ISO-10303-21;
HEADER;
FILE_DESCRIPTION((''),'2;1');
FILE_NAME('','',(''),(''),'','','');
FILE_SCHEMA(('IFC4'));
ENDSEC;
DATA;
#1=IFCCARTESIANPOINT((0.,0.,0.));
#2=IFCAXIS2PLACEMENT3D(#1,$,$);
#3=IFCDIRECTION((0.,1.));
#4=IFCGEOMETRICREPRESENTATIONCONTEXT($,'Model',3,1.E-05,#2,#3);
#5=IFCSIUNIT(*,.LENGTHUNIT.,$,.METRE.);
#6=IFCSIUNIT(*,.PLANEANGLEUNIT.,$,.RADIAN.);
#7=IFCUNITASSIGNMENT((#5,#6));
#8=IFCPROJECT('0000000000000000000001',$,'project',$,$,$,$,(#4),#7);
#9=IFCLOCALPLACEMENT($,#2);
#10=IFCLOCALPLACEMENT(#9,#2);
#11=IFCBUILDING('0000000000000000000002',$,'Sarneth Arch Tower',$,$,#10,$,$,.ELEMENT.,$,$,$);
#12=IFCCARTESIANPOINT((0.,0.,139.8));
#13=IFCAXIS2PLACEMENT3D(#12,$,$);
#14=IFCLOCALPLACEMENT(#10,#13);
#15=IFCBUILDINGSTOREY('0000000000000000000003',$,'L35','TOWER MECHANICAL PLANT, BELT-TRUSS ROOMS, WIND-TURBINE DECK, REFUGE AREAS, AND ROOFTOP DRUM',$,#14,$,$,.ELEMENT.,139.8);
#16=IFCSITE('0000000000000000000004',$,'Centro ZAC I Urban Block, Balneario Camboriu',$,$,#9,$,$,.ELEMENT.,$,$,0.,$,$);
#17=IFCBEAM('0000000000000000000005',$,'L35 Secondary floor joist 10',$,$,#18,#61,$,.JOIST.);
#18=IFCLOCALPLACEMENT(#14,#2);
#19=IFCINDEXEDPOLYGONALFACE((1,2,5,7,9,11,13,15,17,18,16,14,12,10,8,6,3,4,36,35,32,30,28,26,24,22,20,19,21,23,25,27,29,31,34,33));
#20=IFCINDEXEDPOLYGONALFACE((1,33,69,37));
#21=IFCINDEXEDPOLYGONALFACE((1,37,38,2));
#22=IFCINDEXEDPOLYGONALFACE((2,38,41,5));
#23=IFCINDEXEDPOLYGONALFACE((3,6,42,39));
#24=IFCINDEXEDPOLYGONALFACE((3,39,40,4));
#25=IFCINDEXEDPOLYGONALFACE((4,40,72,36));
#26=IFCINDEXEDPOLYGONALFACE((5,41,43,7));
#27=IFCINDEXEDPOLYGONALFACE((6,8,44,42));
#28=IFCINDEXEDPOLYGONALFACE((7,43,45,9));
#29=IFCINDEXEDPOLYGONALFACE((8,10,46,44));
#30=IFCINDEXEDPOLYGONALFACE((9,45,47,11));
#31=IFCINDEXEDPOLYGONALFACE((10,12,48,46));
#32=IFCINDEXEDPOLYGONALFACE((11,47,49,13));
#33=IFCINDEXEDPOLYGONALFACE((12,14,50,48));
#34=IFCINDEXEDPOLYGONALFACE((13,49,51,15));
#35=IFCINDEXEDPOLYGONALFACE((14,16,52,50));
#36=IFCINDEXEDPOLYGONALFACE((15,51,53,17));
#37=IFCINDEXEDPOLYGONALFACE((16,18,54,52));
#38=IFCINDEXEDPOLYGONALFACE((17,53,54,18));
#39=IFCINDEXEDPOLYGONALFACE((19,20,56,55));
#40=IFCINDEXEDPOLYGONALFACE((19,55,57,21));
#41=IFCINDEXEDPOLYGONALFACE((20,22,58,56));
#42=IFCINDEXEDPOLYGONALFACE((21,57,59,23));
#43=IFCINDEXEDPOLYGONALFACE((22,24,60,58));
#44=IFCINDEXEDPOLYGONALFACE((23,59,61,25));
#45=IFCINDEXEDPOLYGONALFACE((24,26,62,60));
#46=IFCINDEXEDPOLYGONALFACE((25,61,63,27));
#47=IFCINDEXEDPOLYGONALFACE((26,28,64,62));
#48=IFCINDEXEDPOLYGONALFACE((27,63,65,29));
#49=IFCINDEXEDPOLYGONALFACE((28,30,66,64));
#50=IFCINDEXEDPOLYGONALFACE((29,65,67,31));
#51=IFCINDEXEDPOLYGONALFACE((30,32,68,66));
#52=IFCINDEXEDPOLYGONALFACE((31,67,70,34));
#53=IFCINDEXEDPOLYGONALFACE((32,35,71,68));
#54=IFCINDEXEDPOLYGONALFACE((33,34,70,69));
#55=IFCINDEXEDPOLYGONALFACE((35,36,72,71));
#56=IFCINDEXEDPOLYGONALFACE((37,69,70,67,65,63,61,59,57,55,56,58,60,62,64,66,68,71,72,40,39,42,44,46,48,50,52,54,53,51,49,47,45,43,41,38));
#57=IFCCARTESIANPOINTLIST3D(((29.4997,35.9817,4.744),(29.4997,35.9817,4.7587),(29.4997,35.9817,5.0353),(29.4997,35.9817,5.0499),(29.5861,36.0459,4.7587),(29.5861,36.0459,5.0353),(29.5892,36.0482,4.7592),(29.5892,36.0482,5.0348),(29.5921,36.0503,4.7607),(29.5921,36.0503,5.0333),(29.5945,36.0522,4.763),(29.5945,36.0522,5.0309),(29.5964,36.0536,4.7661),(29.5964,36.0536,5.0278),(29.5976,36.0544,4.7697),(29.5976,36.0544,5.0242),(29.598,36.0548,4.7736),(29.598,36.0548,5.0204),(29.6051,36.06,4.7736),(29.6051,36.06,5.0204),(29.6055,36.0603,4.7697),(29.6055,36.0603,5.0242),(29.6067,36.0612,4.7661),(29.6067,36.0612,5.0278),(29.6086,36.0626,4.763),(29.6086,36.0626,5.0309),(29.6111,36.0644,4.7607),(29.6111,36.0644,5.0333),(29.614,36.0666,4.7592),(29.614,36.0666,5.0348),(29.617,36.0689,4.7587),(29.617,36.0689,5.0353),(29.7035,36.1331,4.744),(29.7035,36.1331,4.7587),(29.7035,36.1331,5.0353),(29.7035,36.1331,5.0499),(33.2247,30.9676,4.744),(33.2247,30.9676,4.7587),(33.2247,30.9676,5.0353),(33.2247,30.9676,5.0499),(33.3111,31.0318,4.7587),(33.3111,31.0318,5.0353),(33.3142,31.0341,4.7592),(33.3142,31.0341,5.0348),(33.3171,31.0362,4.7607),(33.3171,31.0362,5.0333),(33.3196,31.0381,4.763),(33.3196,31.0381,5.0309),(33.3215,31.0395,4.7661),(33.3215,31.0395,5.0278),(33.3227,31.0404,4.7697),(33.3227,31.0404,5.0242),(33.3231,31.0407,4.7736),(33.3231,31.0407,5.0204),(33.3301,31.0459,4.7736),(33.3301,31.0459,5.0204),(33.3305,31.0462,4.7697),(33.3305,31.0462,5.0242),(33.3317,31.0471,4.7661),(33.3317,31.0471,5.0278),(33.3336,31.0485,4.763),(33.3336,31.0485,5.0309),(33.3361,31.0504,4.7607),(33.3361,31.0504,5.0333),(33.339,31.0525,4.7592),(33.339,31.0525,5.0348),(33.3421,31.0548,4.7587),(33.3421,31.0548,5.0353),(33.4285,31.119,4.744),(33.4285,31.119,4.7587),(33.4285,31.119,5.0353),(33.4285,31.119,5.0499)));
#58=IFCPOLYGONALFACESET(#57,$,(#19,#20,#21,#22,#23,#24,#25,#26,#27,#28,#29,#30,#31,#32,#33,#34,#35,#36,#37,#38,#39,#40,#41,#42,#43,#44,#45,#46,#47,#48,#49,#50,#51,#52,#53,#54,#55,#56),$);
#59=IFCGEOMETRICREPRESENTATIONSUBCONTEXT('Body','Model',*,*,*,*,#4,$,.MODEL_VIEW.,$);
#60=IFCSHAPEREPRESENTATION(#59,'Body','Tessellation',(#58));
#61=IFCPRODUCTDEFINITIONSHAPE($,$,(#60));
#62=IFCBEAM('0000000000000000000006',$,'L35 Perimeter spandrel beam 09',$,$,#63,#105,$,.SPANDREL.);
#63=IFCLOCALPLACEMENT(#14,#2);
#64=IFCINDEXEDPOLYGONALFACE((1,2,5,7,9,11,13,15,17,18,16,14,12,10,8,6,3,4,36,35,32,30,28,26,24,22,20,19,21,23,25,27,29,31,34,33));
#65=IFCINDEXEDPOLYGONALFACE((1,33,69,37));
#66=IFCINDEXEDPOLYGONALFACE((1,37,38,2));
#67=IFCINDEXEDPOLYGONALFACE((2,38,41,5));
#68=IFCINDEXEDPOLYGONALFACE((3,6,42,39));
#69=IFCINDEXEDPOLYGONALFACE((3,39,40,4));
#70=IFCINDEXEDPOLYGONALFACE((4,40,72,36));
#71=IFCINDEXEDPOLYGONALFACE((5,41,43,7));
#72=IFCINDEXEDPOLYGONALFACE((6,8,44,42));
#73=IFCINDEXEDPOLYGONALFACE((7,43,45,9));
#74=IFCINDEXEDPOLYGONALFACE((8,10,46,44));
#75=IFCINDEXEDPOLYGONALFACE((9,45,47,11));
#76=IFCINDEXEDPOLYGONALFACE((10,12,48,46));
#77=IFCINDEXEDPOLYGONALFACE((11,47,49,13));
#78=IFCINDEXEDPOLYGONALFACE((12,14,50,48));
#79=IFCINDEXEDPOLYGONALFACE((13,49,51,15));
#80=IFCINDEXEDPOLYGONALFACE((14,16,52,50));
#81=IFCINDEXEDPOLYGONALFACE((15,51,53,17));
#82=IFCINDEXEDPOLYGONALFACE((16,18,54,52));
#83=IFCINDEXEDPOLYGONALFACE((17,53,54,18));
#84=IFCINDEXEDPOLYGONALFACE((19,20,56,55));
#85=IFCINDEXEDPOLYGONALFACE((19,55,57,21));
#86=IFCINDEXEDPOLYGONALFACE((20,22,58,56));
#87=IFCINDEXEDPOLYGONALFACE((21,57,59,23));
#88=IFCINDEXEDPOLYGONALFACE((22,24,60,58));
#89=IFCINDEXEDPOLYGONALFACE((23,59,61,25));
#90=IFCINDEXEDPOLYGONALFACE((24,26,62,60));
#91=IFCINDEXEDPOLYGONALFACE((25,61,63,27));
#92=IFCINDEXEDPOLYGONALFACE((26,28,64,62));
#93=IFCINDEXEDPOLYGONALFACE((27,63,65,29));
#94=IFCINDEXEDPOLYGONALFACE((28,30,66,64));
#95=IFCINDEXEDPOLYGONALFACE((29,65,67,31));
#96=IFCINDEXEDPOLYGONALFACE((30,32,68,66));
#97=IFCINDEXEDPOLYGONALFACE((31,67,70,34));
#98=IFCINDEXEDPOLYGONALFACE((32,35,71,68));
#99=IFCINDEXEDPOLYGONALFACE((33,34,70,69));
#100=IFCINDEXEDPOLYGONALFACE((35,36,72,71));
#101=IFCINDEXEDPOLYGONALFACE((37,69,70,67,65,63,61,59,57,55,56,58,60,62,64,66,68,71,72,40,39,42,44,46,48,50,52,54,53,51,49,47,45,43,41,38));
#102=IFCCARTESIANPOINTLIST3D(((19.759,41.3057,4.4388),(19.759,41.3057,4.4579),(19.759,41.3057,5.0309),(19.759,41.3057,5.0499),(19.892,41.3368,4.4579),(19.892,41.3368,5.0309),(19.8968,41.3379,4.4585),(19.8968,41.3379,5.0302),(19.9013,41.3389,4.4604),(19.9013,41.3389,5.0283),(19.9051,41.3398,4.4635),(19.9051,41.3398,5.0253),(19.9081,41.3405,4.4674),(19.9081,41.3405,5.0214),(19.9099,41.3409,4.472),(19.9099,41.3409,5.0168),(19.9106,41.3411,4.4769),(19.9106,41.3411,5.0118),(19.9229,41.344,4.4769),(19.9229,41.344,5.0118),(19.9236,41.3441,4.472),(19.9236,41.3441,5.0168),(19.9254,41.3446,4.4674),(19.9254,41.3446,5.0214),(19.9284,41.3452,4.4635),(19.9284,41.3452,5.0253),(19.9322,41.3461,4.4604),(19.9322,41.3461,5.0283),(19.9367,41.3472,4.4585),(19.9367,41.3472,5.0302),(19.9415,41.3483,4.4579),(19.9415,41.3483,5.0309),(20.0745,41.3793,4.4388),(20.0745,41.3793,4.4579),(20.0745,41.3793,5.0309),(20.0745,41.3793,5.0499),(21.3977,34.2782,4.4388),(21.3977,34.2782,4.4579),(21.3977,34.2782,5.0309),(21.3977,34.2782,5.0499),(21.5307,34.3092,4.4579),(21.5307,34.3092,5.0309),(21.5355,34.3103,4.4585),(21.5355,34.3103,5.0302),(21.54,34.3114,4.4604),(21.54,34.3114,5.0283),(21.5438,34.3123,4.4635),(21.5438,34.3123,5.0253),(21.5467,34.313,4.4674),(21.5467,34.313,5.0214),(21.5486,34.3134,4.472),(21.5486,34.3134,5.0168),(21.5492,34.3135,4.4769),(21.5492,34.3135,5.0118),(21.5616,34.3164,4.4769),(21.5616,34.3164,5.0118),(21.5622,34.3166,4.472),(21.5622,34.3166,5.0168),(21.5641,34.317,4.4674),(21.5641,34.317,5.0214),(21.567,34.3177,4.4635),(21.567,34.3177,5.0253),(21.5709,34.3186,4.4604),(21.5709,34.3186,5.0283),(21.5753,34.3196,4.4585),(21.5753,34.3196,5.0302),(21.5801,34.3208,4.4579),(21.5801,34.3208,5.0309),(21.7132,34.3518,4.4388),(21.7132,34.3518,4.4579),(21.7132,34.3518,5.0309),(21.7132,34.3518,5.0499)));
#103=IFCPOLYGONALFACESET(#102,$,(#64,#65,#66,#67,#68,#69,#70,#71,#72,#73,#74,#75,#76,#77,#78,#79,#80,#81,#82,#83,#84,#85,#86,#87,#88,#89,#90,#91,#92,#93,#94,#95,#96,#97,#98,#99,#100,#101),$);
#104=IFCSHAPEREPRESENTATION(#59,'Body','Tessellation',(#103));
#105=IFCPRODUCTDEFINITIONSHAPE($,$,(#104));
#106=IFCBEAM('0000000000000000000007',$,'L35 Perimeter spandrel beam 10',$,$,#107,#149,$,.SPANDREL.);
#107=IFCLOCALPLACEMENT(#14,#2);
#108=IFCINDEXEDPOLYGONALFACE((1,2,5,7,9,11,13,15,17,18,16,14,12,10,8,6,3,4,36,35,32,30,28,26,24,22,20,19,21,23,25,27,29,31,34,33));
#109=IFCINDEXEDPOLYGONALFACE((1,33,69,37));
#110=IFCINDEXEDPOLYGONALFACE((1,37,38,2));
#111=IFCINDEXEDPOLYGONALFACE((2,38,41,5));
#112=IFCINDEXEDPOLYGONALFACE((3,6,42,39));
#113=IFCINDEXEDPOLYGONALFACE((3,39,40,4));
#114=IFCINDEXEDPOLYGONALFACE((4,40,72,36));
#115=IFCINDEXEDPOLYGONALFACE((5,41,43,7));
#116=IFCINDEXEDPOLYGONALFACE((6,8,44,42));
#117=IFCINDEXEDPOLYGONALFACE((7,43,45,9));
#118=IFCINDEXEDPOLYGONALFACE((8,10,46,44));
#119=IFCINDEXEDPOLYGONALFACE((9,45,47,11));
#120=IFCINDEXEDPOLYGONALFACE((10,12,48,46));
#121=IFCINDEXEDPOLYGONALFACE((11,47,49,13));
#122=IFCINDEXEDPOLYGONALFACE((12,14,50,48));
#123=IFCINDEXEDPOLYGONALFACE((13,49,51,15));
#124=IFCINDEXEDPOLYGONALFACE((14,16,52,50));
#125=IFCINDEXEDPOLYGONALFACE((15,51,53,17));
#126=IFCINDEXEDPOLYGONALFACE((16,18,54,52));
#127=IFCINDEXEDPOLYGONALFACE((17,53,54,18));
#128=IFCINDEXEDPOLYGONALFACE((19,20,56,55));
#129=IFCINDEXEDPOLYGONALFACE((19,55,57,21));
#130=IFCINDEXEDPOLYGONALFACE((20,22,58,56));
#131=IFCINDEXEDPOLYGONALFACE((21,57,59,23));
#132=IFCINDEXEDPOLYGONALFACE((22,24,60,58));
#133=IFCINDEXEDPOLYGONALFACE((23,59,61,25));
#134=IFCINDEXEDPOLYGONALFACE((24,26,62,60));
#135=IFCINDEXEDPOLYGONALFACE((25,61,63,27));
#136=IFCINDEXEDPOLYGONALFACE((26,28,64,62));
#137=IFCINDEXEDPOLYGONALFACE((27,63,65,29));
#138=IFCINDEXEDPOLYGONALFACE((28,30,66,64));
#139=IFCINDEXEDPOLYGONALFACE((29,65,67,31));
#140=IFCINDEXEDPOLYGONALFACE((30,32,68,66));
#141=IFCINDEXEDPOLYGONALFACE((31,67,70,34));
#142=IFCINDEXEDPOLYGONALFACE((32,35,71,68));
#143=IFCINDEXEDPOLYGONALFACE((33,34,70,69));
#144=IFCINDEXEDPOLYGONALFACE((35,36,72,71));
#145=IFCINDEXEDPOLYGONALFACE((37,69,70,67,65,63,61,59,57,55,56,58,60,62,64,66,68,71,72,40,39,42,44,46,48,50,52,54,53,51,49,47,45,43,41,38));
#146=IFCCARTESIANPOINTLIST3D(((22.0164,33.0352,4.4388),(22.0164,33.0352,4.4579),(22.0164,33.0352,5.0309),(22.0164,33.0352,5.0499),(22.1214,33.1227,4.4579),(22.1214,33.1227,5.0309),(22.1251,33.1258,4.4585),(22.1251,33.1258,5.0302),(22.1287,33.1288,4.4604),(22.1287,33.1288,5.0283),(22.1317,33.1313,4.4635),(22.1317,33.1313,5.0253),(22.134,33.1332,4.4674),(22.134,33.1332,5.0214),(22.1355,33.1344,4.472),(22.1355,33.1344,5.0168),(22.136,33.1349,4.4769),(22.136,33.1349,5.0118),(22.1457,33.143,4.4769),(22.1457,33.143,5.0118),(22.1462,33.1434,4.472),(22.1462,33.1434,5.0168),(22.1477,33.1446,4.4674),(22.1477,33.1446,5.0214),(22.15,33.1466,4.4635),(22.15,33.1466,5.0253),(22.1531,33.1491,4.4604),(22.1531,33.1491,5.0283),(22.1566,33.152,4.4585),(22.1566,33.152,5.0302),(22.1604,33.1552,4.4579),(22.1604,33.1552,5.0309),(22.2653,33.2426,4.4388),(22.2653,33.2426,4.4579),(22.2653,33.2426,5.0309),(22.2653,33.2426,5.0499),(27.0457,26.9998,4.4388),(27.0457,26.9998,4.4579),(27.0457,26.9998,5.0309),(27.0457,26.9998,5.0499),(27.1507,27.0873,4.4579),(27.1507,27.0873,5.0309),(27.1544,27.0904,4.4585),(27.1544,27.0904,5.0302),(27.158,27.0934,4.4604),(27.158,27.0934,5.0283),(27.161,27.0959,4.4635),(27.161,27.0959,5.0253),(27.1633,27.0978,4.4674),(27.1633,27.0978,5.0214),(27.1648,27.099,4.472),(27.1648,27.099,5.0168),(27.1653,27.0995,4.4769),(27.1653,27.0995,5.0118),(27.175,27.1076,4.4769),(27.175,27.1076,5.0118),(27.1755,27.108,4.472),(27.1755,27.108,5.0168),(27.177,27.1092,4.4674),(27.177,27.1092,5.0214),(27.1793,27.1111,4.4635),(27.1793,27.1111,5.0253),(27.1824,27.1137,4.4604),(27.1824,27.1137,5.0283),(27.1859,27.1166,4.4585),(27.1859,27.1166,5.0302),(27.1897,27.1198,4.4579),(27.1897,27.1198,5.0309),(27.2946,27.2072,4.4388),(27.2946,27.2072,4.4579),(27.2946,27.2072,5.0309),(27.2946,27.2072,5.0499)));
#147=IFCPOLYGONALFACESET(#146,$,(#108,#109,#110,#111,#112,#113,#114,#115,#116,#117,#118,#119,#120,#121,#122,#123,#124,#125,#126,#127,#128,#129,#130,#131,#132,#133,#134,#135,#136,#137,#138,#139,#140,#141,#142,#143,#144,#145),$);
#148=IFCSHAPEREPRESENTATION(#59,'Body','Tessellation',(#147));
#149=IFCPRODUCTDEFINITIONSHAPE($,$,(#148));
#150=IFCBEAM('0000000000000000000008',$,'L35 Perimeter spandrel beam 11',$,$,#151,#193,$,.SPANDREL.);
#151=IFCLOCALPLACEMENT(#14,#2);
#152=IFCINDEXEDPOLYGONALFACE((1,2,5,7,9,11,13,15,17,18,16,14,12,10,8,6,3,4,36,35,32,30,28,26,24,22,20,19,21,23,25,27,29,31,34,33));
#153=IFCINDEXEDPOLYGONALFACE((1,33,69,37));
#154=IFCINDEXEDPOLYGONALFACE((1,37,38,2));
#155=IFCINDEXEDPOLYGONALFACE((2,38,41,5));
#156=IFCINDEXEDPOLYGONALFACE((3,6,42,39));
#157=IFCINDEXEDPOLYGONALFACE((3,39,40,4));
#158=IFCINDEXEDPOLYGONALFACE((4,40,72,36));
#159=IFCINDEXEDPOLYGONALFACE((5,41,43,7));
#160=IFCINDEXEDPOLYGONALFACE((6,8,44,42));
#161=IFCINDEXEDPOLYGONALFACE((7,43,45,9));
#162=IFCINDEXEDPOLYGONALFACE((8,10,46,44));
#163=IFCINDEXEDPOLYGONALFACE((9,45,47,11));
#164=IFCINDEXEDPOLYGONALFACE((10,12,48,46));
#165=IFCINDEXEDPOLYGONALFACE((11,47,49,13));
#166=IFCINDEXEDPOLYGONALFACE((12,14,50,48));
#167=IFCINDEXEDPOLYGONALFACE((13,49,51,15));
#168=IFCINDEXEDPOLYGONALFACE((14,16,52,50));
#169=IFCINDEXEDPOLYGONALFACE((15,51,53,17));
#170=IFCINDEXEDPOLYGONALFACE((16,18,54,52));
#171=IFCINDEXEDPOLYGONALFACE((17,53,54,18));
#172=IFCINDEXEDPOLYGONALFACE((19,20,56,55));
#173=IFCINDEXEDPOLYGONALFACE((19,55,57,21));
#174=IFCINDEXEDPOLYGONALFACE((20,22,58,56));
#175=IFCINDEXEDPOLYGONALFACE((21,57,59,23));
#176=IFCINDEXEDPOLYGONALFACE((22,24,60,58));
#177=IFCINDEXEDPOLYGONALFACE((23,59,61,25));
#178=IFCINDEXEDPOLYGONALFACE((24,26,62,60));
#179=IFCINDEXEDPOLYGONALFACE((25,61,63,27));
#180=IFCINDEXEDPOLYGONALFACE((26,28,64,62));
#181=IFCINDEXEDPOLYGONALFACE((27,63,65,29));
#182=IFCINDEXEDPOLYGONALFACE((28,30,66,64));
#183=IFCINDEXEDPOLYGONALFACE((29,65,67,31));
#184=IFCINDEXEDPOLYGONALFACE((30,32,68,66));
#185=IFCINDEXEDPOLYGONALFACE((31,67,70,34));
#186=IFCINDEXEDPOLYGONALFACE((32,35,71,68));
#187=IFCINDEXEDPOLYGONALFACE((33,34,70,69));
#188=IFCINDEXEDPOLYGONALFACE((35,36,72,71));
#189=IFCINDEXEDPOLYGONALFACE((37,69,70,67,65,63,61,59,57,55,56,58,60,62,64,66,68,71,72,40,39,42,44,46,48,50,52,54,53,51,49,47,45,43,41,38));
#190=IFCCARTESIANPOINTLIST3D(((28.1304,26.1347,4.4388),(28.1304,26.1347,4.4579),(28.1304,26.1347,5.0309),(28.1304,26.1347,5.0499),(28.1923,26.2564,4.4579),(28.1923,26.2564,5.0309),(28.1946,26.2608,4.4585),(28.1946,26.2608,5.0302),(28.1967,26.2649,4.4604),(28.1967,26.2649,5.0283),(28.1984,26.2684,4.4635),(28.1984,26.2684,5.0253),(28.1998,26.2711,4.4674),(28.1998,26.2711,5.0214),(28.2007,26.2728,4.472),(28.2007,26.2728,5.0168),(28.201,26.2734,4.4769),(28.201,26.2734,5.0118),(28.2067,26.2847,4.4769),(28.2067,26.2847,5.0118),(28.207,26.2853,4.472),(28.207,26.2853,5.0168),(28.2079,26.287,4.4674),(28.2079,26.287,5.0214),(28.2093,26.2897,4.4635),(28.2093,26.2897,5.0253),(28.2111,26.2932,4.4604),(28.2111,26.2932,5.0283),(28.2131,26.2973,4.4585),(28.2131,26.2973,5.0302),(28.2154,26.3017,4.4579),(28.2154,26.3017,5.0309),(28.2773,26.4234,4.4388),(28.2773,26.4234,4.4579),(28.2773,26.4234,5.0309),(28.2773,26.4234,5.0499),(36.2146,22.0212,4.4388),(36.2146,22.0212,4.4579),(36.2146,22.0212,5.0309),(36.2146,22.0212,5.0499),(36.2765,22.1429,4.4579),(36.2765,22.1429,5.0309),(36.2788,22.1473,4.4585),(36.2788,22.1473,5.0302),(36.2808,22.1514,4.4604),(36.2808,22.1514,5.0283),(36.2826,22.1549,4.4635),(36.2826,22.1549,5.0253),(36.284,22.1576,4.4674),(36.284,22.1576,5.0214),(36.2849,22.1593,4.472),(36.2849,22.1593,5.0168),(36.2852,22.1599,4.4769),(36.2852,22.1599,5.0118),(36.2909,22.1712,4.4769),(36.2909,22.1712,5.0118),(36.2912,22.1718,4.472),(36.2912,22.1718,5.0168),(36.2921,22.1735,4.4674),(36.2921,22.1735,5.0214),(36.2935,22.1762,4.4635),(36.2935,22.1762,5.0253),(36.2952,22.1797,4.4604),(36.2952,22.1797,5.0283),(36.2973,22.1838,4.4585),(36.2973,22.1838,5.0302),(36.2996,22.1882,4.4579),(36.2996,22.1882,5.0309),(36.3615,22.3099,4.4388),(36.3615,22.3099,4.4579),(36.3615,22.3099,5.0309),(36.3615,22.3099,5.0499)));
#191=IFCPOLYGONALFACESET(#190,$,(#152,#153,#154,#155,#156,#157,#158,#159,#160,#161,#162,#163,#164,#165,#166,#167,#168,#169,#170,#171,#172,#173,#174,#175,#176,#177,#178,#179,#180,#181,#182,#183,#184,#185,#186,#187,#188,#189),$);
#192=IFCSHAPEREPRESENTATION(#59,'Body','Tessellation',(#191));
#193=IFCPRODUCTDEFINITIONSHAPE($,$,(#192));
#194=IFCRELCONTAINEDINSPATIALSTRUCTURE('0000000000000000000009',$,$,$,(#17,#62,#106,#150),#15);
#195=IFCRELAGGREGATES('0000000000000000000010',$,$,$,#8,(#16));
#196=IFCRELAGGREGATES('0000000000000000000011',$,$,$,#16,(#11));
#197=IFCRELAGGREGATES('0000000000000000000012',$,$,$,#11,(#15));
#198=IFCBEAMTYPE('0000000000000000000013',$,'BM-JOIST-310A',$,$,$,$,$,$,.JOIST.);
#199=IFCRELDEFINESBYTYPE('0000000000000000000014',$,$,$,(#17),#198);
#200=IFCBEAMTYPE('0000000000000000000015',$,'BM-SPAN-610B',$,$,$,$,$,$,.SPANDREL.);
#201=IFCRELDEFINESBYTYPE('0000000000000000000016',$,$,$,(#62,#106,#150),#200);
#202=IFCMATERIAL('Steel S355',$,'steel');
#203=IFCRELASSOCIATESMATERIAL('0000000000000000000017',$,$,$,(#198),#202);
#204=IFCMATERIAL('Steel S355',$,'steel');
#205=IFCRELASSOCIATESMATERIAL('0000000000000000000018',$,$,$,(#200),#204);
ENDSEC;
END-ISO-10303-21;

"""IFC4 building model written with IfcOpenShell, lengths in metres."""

from ifc_helpers import new_model, si_unit, direction, frame, origin, origin_2d, place, context, subcontext, project, spatial, i_section, extrude, material, material_profile, profile_set, type_object, element, save


model = new_model("IFC4")

# Units and contexts
model_context = context("Model", 3, precision=1e-05, world=origin(), true_north=direction((0.0, 1.0)))
body_context = subcontext(model_context, "Body", "Model", "MODEL_VIEW")
ifc_project = project(units=[si_unit("LENGTHUNIT", "METRE"), si_unit("PLANEANGLEUNIT", "RADIAN")], contexts=[model_context])

# Site, building, storey
site_placement = place(None, origin())
site = spatial("IfcSite", under=ifc_project, at=site_placement, Name="Centro ZAC I Urban Block, Balneario Camboriu", CompositionType="ELEMENT", RefElevation=0.0)
building_placement = place(site_placement, origin())
building = spatial("IfcBuilding", under=site, at=building_placement, Name="Sarneth Arch Tower", CompositionType="ELEMENT")
storey_placement = place(building_placement, frame((0.0, 0.0, 139.8)))
storey = spatial("IfcBuildingStorey", under=building, at=storey_placement, Name="L35", Description="TOWER MECHANICAL PLANT, BELT-TRUSS ROOMS, WIND-TURBINE DECK, REFUGE AREAS, AND ROOFTOP DRUM", CompositionType="ELEMENT", Elevation=139.8)

# Beams
ifc_material_1 = material(Name="Steel S355", Category="steel")
ifc_material_profile_1 = material_profile(ifc_material_1, i_section(OverallWidth=0.2539, OverallDepth=0.3059, WebThickness=0.0088, FlangeThickness=0.0146, FilletRadius=0.0149, at=origin_2d()), Name="W310x79")
ifc_profile_set_1 = profile_set([ifc_material_profile_1], Name="Steel S355")
beam_type_1 = type_object("IfcBeamType", Name="BM-JOIST-310A", PredefinedType="JOIST", material=ifc_profile_set_1)
beam_1_placement = place(storey_placement, frame((29.6016, 36.0574, 4.897), z_axis=(0.596354, -0.802721, 0.0), x_axis=(0.802721, 0.596354, 0.0)))
element("IfcBeam", 1, at=beam_1_placement, inside=storey, type_object=beam_type_1, Name="L35 Secondary floor joist 10", PredefinedType="JOIST", context=body_context, shape_type="SweptSolid", body=[
    extrude(i_section(OverallWidth=0.2539, OverallDepth=0.3059, WebThickness=0.0088, FlangeThickness=0.0146, FilletRadius=0.0149, at=origin_2d()), origin(), (0.0, 0.0, 1.0), 6.2463),
])
ifc_material_2 = material(Name="Steel S355", Category="steel")
ifc_material_profile_2 = material_profile(ifc_material_2, i_section(OverallWidth=0.324, OverallDepth=0.6111, WebThickness=0.0127, FlangeThickness=0.019, FilletRadius=0.019, at=origin_2d()), Name="W610x155")
ifc_profile_set_2 = profile_set([ifc_material_profile_2], Name="Steel S355")
beam_type_2 = type_object("IfcBeamType", Name="BM-SPAN-610B", PredefinedType="SPANDREL", material=ifc_profile_set_2)
beam_2_placement = place(storey_placement, frame((19.9167, 41.3425, 4.7444), z_axis=(0.227085, -0.973875, 0.0), x_axis=(0.973875, 0.227085, 0.0)))
element("IfcBeam", 2, at=beam_2_placement, inside=storey, type_object=beam_type_2, Name="L35 Perimeter spandrel beam 09", PredefinedType="SPANDREL", context=body_context, shape_type="SweptSolid", body=[
    extrude(i_section(OverallWidth=0.324, OverallDepth=0.6111, WebThickness=0.0127, FlangeThickness=0.019, FilletRadius=0.019, at=origin_2d()), origin(), (0.0, 0.0, 1.0), 7.2161),
])
beam_3_placement = place(storey_placement, frame((22.1409, 33.1389, 4.7444), z_axis=(0.640169, -0.768234, 0.0), x_axis=(0.768234, 0.640169, 0.0)))
element("IfcBeam", 3, at=beam_3_placement, inside=storey, type_object=beam_type_2, Name="L35 Perimeter spandrel beam 10", PredefinedType="SPANDREL", context=body_context, shape_type="SweptSolid", body=[
    extrude(i_section(OverallWidth=0.324, OverallDepth=0.6111, WebThickness=0.0127, FlangeThickness=0.019, FilletRadius=0.019, at=origin_2d()), origin(), (0.0, 0.0, 1.0), 7.8562),
])
beam_4_placement = place(storey_placement, frame((28.2039, 26.2791, 4.7444), z_axis=(0.891256, -0.453501, 0.0), x_axis=(0.453501, 0.891256, 0.0)))
element("IfcBeam", 4, at=beam_4_placement, inside=storey, type_object=beam_type_2, Name="L35 Perimeter spandrel beam 11", PredefinedType="SPANDREL", context=body_context, shape_type="SweptSolid", body=[
    extrude(i_section(OverallWidth=0.324, OverallDepth=0.6111, WebThickness=0.0127, FlangeThickness=0.019, FilletRadius=0.019, at=origin_2d()), origin(), (0.0, 0.0, 1.0), 9.0706),
])

save(model, "model.ifc")
